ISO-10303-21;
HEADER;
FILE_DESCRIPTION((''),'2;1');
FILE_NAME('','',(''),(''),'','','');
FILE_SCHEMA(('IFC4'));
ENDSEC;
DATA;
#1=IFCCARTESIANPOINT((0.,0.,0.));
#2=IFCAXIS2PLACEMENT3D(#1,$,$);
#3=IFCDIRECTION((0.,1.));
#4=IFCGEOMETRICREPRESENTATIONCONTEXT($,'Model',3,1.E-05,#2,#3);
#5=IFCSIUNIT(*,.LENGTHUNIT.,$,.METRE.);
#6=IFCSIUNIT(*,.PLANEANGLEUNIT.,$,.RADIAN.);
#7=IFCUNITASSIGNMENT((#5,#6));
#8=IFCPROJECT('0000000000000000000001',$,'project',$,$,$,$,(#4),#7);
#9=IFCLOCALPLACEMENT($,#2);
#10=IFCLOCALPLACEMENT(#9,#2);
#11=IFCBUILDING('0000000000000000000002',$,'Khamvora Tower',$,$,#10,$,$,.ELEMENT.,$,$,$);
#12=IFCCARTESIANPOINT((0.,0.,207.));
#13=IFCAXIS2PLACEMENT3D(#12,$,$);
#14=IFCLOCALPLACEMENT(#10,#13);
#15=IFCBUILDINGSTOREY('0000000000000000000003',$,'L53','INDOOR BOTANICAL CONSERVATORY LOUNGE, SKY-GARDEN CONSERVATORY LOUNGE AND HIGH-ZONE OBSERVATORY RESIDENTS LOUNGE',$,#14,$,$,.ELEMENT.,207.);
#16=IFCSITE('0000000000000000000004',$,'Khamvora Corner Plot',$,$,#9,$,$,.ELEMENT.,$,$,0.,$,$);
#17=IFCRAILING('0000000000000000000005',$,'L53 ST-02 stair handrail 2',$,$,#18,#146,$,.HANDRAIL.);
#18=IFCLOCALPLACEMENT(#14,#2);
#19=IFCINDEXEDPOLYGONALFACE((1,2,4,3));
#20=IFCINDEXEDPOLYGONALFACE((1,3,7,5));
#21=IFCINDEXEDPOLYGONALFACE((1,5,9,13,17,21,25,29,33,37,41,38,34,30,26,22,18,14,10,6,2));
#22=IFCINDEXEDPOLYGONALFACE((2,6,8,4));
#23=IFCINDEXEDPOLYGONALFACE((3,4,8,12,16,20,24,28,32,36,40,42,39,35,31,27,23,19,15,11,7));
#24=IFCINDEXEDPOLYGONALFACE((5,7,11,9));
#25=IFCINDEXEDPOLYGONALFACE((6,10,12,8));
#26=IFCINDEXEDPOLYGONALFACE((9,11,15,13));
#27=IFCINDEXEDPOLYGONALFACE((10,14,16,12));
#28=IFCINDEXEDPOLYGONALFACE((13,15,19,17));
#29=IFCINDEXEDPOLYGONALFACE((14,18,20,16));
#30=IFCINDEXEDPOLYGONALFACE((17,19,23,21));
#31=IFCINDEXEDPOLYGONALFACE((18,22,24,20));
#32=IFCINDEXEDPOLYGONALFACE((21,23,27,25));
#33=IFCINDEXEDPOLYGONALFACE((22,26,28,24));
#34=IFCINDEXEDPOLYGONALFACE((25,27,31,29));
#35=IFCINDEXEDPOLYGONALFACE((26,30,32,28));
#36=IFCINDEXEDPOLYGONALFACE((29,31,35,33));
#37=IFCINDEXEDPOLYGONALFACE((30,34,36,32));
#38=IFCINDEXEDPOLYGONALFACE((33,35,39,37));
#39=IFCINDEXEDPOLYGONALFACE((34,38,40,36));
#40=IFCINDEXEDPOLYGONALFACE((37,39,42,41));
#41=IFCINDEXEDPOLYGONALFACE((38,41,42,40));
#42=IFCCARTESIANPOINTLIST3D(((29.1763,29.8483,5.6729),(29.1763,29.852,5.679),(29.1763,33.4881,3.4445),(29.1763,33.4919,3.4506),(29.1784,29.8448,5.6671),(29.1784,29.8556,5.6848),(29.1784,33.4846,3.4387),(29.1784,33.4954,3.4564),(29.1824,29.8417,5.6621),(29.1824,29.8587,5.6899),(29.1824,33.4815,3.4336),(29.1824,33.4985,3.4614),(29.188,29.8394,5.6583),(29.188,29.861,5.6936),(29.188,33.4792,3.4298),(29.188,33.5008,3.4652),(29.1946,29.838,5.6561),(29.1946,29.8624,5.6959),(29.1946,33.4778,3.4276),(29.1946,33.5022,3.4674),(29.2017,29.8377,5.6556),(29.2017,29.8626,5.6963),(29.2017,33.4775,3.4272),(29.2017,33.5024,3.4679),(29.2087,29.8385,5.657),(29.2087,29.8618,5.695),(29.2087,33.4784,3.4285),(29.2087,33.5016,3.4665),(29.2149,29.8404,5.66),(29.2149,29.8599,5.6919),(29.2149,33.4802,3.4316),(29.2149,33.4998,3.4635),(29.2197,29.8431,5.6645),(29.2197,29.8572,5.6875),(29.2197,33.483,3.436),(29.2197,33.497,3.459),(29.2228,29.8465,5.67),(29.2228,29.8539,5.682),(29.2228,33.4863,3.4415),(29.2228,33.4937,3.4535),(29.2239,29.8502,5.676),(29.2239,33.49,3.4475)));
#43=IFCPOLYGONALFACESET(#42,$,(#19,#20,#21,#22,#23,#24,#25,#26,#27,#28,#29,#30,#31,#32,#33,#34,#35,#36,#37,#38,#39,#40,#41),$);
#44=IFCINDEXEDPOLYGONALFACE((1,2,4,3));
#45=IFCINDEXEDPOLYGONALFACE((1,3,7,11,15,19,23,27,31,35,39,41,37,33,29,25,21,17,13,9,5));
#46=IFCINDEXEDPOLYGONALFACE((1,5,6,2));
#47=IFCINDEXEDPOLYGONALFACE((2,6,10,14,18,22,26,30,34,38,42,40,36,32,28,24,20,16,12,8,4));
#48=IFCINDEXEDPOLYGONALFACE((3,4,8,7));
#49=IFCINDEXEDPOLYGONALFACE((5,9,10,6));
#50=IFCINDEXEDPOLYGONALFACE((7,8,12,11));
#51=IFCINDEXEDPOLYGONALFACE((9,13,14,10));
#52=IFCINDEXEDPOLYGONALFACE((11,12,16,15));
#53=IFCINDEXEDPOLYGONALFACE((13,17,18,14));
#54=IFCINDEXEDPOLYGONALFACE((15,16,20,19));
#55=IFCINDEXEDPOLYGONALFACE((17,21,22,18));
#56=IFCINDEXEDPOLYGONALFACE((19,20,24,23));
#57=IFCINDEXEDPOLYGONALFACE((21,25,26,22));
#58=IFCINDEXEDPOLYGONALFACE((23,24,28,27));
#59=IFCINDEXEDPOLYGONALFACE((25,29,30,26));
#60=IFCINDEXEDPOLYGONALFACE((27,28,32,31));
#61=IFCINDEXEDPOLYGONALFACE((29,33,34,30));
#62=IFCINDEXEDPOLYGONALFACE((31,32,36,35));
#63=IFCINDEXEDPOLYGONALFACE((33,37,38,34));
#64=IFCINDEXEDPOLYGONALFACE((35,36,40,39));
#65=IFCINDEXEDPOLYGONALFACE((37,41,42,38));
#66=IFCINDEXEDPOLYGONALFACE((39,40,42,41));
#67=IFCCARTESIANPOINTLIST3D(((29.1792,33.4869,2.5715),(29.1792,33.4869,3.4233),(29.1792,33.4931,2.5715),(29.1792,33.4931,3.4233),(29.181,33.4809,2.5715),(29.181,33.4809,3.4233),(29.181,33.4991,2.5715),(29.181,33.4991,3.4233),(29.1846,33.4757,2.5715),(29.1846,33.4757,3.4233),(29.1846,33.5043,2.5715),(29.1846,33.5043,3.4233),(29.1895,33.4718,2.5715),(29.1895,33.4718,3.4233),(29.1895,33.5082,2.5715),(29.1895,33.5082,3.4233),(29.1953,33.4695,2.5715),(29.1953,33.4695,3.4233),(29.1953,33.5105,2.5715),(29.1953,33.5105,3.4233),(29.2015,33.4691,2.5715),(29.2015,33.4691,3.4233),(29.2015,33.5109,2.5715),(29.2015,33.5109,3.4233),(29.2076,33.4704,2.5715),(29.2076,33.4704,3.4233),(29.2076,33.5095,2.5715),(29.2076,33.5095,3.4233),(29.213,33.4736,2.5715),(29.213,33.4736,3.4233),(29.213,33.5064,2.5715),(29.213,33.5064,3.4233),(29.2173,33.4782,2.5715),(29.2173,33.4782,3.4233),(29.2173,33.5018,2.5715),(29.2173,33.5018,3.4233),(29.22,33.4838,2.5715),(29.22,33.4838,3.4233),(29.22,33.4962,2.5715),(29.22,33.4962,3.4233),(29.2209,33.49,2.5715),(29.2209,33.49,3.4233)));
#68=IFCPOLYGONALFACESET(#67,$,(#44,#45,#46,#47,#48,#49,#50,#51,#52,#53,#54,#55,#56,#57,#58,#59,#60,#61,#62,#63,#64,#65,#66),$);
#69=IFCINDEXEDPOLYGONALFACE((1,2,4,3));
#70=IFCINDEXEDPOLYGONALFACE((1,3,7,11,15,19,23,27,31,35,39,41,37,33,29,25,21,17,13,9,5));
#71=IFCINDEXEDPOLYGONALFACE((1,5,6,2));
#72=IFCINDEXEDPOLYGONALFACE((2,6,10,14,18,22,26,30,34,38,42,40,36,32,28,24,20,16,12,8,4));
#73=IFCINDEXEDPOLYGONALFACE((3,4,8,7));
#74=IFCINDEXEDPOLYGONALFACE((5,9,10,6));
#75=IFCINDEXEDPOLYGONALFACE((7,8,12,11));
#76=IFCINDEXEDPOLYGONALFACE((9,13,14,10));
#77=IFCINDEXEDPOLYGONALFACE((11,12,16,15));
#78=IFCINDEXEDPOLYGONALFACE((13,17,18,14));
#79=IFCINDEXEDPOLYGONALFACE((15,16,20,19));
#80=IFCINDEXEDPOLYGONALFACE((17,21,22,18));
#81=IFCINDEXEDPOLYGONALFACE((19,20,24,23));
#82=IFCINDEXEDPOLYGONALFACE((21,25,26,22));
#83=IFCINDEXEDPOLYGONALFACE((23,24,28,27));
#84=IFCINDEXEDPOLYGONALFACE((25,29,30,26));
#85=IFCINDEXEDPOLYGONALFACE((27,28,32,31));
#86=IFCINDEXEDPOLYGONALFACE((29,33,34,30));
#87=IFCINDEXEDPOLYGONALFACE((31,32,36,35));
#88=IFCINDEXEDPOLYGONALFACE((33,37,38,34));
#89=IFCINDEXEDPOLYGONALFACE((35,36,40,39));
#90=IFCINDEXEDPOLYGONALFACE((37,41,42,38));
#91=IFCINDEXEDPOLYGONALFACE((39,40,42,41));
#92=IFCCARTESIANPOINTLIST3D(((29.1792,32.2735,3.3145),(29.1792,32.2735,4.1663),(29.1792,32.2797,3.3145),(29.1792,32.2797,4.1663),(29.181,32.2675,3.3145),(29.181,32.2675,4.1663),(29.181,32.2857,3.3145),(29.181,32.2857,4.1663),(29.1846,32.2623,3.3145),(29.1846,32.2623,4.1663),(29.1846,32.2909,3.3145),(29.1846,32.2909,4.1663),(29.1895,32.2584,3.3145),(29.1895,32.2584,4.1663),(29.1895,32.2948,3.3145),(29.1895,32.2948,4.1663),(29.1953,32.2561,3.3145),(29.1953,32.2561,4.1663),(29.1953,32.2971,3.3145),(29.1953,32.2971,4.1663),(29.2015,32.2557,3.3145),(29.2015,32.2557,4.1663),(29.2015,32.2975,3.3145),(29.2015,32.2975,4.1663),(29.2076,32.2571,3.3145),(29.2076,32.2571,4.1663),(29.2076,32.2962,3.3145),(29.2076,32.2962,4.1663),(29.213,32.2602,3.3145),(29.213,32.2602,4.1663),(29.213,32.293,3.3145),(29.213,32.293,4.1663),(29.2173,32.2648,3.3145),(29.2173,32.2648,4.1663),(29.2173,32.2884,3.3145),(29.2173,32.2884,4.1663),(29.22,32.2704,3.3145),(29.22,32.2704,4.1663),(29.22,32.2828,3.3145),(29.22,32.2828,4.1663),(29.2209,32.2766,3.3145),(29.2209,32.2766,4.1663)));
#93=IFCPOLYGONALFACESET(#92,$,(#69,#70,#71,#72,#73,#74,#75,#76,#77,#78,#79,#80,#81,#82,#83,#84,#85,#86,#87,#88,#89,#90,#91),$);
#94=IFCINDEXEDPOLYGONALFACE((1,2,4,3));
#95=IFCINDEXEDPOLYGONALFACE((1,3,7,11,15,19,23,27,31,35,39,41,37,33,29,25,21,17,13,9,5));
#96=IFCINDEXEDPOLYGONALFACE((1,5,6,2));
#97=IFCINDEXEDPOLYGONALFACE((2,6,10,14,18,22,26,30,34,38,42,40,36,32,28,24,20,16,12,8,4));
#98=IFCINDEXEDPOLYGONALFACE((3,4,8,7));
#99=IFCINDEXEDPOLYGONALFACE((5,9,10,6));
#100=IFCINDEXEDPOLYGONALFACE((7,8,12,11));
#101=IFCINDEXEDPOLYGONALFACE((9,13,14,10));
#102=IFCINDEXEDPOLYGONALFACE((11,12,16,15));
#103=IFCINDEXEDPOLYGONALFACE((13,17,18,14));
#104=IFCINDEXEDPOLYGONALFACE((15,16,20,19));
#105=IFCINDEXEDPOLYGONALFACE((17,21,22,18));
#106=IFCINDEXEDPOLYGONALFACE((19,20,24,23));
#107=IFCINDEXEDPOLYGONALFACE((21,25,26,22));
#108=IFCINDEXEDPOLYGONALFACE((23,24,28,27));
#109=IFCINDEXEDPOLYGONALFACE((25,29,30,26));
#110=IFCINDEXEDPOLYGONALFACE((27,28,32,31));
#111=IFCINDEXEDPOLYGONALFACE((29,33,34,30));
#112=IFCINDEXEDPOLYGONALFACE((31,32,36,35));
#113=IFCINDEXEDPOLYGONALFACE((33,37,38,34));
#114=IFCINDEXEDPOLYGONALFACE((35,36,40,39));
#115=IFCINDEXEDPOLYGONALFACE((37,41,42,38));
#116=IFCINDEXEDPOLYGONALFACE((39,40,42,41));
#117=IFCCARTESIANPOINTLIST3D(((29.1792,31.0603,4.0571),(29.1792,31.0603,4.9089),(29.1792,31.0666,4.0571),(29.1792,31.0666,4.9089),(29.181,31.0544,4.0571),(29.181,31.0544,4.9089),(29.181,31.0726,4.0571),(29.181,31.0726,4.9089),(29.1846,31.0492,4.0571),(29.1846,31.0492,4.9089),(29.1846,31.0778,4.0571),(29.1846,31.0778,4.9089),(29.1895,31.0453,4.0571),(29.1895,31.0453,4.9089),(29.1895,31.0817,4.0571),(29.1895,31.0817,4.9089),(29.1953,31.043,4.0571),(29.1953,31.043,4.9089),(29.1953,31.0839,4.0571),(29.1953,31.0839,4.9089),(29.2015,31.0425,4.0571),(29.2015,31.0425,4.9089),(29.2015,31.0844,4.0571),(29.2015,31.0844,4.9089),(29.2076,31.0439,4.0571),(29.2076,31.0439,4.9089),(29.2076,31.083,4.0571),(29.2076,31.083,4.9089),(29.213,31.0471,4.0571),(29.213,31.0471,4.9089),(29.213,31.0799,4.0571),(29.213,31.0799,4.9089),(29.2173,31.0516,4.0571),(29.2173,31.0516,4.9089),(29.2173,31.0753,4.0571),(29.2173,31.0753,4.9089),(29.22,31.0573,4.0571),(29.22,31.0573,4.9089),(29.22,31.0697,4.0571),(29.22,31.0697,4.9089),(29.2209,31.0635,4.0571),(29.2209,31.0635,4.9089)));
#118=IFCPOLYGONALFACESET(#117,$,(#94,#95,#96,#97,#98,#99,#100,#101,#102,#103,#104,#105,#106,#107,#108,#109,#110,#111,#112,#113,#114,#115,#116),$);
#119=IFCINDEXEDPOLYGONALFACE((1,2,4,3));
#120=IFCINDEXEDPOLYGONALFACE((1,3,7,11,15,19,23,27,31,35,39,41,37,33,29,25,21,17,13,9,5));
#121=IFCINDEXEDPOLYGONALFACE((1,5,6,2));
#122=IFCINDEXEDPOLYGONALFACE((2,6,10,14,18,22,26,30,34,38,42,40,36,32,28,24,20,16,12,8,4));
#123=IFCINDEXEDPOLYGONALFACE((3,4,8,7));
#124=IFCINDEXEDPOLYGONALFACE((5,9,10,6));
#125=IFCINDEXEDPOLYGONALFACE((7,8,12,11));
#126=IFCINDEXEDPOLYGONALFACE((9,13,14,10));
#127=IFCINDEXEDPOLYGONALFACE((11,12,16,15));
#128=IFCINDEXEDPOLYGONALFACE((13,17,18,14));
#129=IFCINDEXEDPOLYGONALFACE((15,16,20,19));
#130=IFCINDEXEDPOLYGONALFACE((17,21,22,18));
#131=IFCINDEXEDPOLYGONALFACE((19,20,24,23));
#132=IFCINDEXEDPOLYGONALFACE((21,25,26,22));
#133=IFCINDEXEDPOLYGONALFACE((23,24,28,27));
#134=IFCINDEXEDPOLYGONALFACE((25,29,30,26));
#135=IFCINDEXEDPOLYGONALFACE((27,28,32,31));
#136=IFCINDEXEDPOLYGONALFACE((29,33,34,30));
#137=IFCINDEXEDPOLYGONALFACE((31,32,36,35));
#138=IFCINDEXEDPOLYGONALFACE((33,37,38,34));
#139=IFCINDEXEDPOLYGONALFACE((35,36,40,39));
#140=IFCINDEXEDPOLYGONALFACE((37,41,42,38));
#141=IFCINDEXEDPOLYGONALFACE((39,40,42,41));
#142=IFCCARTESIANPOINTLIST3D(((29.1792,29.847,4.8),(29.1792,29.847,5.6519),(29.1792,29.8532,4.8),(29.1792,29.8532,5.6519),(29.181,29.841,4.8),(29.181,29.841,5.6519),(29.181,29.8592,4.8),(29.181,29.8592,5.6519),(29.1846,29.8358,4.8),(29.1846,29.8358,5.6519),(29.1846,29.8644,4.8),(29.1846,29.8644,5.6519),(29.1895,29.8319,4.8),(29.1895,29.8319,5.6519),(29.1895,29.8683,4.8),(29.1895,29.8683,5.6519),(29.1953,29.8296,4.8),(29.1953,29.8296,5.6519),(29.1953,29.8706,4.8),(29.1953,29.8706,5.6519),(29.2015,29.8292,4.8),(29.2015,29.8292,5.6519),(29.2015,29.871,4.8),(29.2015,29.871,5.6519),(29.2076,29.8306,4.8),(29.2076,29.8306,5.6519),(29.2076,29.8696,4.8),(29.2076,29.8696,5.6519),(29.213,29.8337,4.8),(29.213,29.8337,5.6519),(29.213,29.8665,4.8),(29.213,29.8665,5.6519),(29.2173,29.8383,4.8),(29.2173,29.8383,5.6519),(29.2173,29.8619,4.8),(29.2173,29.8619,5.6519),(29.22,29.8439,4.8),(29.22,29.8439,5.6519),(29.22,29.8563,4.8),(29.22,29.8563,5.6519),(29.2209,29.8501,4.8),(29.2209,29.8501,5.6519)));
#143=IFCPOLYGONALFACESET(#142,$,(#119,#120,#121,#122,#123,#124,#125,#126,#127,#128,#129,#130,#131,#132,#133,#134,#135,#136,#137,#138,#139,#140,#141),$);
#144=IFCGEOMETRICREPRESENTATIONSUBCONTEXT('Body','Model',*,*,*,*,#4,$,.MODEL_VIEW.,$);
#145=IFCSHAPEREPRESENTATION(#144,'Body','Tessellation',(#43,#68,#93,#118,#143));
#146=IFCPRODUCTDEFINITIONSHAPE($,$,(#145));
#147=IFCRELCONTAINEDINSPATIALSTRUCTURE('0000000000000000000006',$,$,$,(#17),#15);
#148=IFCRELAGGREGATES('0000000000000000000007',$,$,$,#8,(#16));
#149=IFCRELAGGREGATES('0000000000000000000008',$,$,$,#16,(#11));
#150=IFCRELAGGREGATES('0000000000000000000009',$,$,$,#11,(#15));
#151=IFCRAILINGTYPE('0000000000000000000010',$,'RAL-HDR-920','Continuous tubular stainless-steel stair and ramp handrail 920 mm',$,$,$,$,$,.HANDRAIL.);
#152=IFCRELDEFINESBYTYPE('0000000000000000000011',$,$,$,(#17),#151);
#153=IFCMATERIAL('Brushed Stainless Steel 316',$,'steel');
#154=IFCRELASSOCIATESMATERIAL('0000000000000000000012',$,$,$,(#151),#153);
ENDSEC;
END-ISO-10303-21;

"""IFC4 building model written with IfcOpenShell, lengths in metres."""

from ifc_helpers import new_model, si_unit, direction, frame, origin, origin_2d, place, context, subcontext, project, spatial, circle, extrude, material, type_object, element, save


model = new_model("IFC4")

# Units and contexts
model_context = context("Model", 3, precision=1e-05, world=origin(), true_north=direction((0.0, 1.0)))
body_context = subcontext(model_context, "Body", "Model", "MODEL_VIEW")
ifc_project = project(units=[si_unit("LENGTHUNIT", "METRE"), si_unit("PLANEANGLEUNIT", "RADIAN")], contexts=[model_context])

# Site, building, storey
site_placement = place(None, origin())
site = spatial("IfcSite", under=ifc_project, at=site_placement, Name="Khamvora Corner Plot", CompositionType="ELEMENT", RefElevation=0.0)
building_placement = place(site_placement, origin())
building = spatial("IfcBuilding", under=site, at=building_placement, Name="Khamvora Tower", CompositionType="ELEMENT")
storey_placement = place(building_placement, frame((0.0, 0.0, 207.0)))
storey = spatial("IfcBuildingStorey", under=building, at=storey_placement, Name="L53", Description="INDOOR BOTANICAL CONSERVATORY LOUNGE, SKY-GARDEN CONSERVATORY LOUNGE AND HIGH-ZONE OBSERVATORY RESIDENTS LOUNGE", CompositionType="ELEMENT", Elevation=207.0)

# Railing
ifc_material_1 = material(Name="Brushed Stainless Steel 316", Category="steel")
railing_type_1 = type_object("IfcRailingType", Name="RAL-HDR-920", Description="Continuous tubular stainless-steel stair and ramp handrail 920 mm", PredefinedType="HANDRAIL", material=ifc_material_1)
railing_1_placement = place(storey_placement, frame((29.2, 33.49, 2.5715)))
element("IfcRailing", 1, at=railing_1_placement, inside=storey, type_object=railing_type_1, Name="L53 ST-02 stair handrail 2", PredefinedType="HANDRAIL", context=body_context, shape_type="SweptSolid", body=[
    extrude(circle(Radius=0.0239, at=origin_2d()), frame((0.0, 0.0, 0.876), z_axis=(0.0, -0.85285, 0.522156), x_axis=(1.0, 0.0, 0.0)), (0.0, 0.0, 1.0), 4.2678),
    extrude(circle(Radius=0.021, at=origin_2d()), origin(), (0.0, 0.0, 1.0), 0.8518),
    extrude(circle(Radius=0.021, at=origin_2d()), frame((0.0, -1.2134, 0.7429)), (0.0, 0.0, 1.0), 0.8518),
    extrude(circle(Radius=0.021, at=origin_2d()), frame((0.0, -2.4265, 1.4856)), (0.0, 0.0, 1.0), 0.8518),
    extrude(circle(Radius=0.021, at=origin_2d()), frame((0.0, -3.6399, 2.2285)), (0.0, 0.0, 1.0), 0.8518),
])

save(model, "model.ifc")
